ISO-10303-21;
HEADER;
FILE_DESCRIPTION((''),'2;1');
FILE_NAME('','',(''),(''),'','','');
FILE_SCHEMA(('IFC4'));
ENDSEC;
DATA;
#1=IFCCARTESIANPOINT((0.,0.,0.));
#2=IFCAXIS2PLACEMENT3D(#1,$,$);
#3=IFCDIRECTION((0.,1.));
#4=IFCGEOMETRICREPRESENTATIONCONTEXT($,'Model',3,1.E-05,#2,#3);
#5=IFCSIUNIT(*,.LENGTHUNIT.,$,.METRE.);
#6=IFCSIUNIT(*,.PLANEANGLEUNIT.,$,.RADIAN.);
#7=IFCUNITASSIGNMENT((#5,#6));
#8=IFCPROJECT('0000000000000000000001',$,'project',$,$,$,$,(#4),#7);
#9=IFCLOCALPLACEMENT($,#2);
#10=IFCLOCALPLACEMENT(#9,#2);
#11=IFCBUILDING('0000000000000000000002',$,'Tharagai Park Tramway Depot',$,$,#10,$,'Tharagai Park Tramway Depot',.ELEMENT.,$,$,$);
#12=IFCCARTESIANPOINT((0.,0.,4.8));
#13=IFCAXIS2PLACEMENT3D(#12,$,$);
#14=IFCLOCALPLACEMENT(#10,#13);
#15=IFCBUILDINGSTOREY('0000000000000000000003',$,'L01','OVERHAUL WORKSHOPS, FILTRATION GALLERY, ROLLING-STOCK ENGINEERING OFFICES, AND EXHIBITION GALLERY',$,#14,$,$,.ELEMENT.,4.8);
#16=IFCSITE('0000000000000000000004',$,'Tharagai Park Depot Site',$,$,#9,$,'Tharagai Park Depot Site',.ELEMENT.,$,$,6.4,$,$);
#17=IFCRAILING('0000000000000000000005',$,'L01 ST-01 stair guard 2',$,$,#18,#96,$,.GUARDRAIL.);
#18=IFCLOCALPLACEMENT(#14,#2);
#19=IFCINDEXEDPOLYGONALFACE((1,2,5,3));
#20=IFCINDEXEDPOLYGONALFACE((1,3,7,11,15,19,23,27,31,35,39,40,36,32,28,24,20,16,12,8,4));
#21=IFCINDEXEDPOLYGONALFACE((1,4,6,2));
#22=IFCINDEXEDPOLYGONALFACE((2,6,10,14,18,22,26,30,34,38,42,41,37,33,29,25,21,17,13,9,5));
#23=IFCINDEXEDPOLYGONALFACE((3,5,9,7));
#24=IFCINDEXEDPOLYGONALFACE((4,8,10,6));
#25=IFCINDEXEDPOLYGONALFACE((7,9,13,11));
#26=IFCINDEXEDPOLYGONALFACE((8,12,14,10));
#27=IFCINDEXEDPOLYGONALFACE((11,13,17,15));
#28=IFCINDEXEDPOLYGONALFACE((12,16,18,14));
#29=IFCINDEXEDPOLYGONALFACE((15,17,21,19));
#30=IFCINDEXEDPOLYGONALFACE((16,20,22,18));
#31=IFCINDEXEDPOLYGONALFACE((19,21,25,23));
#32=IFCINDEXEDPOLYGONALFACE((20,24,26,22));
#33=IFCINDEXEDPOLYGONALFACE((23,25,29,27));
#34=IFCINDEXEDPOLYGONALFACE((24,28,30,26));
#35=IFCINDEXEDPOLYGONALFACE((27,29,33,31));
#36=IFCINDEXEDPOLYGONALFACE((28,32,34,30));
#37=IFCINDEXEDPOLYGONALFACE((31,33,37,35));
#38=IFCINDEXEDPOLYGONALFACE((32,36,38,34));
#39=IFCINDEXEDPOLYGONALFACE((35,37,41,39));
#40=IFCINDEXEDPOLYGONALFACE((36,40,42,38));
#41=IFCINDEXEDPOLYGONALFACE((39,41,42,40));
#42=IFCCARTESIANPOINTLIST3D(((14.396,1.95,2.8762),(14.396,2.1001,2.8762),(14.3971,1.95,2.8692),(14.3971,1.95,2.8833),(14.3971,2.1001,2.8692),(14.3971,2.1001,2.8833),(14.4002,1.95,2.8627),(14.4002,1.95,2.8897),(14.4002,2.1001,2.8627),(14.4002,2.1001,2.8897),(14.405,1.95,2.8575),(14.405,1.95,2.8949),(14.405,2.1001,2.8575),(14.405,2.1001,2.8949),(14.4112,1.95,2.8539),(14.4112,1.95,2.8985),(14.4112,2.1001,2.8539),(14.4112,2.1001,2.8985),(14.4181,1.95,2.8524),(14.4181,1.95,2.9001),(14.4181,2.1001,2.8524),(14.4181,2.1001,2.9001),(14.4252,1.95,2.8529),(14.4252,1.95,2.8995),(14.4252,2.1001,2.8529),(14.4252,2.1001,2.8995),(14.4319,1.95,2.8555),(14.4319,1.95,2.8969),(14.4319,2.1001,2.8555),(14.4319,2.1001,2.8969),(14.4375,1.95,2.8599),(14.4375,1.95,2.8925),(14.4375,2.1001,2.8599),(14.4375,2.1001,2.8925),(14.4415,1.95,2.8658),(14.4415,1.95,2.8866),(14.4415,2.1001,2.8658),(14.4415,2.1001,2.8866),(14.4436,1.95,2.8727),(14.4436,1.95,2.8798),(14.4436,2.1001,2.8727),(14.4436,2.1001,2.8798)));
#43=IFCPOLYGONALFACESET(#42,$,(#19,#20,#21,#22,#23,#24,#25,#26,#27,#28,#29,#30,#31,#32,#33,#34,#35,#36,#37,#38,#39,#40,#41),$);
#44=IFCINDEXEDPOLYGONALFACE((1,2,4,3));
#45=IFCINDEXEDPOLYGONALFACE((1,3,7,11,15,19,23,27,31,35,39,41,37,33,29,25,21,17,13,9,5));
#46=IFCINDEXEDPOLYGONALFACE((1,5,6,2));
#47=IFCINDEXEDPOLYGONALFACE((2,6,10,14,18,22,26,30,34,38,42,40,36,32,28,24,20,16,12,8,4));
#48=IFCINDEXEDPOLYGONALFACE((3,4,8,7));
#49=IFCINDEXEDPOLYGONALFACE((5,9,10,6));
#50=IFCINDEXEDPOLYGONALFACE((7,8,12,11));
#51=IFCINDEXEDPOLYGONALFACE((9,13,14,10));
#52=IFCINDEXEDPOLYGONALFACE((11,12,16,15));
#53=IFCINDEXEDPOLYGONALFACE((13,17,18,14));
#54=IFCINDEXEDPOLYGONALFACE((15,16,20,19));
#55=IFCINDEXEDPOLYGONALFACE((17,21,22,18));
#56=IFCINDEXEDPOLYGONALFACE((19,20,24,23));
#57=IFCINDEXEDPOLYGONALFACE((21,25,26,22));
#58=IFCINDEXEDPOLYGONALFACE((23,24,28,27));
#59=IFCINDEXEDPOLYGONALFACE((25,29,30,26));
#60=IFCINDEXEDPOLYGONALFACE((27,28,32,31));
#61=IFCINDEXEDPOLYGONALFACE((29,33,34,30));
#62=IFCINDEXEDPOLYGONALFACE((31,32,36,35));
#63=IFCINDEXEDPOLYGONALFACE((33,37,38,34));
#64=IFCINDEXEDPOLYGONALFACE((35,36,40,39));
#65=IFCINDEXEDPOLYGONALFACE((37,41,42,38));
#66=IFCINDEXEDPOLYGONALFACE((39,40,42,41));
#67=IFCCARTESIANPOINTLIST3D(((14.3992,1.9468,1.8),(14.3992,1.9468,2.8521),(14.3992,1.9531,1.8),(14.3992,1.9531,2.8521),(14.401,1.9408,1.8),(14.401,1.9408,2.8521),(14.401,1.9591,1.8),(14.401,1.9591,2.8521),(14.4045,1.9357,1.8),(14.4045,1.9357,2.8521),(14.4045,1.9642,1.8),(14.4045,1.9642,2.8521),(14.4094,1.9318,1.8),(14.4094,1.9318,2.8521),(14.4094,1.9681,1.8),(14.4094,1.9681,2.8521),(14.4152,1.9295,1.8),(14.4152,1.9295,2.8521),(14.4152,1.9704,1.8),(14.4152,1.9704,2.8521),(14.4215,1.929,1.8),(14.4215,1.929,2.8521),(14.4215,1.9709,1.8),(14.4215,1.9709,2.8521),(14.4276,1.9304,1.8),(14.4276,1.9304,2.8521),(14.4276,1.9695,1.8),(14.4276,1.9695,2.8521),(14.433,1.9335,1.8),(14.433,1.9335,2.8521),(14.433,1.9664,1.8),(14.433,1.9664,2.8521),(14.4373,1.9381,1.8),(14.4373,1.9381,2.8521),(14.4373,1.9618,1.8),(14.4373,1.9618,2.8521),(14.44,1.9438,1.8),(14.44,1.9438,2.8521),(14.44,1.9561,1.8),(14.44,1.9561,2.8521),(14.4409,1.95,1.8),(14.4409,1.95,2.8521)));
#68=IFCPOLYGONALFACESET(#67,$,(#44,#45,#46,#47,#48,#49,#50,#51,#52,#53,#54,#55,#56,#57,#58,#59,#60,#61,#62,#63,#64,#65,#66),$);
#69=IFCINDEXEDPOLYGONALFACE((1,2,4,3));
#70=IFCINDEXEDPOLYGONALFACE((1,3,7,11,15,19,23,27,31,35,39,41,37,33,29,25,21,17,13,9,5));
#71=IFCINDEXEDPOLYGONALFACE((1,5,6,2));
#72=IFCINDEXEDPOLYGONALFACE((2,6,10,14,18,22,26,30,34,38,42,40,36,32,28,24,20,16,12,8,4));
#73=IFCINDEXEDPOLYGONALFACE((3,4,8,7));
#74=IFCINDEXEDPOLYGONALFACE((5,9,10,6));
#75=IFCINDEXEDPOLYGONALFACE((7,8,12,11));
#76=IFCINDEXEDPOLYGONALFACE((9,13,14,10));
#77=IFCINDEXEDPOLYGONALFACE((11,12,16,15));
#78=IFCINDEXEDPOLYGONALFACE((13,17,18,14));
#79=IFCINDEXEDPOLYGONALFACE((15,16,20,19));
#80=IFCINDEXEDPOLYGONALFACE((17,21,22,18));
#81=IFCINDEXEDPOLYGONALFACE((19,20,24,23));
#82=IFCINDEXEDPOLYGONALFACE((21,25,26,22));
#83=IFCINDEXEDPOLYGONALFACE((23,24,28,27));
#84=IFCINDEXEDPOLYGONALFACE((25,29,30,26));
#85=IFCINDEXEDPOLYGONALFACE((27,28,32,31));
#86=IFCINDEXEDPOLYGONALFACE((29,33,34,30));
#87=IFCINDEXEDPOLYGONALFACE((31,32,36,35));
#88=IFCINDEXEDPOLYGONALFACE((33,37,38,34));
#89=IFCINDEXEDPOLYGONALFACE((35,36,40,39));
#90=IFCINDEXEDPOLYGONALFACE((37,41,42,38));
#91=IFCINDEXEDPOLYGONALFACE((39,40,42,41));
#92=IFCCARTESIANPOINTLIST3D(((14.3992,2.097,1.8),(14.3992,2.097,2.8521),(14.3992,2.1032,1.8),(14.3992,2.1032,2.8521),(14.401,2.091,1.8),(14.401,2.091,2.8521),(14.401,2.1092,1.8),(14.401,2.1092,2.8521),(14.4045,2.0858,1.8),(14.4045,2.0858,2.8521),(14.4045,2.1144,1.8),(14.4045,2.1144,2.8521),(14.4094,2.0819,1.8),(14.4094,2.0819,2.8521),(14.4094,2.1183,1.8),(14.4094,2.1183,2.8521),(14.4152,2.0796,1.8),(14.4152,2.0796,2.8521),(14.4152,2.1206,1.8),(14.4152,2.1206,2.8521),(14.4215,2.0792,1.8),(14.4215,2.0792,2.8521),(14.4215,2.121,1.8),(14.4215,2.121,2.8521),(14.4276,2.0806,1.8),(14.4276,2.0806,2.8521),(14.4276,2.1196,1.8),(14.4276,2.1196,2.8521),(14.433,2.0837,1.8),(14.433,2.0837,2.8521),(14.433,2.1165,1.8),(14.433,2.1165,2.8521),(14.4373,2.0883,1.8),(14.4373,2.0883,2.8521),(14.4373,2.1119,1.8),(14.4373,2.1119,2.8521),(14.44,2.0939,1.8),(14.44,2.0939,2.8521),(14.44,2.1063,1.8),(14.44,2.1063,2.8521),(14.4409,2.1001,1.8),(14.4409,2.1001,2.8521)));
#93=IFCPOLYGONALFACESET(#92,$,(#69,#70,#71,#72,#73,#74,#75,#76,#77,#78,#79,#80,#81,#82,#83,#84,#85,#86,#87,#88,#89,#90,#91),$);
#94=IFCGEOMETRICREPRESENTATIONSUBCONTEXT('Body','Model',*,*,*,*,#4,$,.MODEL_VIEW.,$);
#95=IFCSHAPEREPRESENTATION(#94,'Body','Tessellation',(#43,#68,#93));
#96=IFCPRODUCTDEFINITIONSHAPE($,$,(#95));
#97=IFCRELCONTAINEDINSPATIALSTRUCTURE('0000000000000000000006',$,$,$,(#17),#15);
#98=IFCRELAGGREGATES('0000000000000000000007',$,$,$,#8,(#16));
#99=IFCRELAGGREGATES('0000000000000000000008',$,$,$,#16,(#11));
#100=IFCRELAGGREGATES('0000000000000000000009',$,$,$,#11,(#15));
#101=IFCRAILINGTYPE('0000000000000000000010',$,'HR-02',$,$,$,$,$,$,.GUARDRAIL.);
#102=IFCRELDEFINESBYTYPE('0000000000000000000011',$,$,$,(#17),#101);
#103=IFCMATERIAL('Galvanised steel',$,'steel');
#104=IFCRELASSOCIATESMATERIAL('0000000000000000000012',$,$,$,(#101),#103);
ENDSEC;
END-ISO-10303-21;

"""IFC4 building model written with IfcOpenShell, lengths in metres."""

from ifc_helpers import new_model, si_unit, direction, frame, origin, origin_2d, place, context, subcontext, project, spatial, circle, extrude, material, type_object, element, save


model = new_model("IFC4")

# Units and contexts
model_context = context("Model", 3, precision=1e-05, world=origin(), true_north=direction((0.0, 1.0)))
body_context = subcontext(model_context, "Body", "Model", "MODEL_VIEW")
ifc_project = project(units=[si_unit("LENGTHUNIT", "METRE"), si_unit("PLANEANGLEUNIT", "RADIAN")], contexts=[model_context])

# Site, building, storey
site_placement = place(None, origin())
site = spatial("IfcSite", under=ifc_project, at=site_placement, Name="Tharagai Park Depot Site", LongName="Tharagai Park Depot Site", CompositionType="ELEMENT", RefElevation=6.4)
building_placement = place(site_placement, origin())
building = spatial("IfcBuilding", under=site, at=building_placement, Name="Tharagai Park Tramway Depot", LongName="Tharagai Park Tramway Depot", CompositionType="ELEMENT")
storey_placement = place(building_placement, frame((0.0, 0.0, 4.8)))
storey = spatial("IfcBuildingStorey", under=building, at=storey_placement, Name="L01", Description="OVERHAUL WORKSHOPS, FILTRATION GALLERY, ROLLING-STOCK ENGINEERING OFFICES, AND EXHIBITION GALLERY", CompositionType="ELEMENT", Elevation=4.8)

# Railing
ifc_material_1 = material(Name="Galvanised steel", Category="steel")
railing_type_1 = type_object("IfcRailingType", Name="HR-02", PredefinedType="GUARDRAIL", material=ifc_material_1)
railing_1_placement = place(storey_placement, frame((14.4199, 1.95, 1.8)))
element("IfcRailing", 1, at=railing_1_placement, inside=storey, type_object=railing_type_1, Name="L01 ST-01 stair guard 2", PredefinedType="GUARDRAIL", context=body_context, shape_type="SweptSolid", body=[
    extrude(circle(Radius=0.0239, at=origin_2d()), frame((0.0, 0.0, 1.0762), z_axis=(0.0, 1.0, 0.0), x_axis=(-1.0, 0.0, 0.0)), (0.0, 0.0, 1.0), 0.1501),
    extrude(circle(Radius=0.021, at=origin_2d()), origin(), (0.0, 0.0, 1.0), 1.052),
    extrude(circle(Radius=0.021, at=origin_2d()), frame((0.0, 0.1501, 0.0)), (0.0, 0.0, 1.0), 1.052),
])

save(model, "model.ifc")
